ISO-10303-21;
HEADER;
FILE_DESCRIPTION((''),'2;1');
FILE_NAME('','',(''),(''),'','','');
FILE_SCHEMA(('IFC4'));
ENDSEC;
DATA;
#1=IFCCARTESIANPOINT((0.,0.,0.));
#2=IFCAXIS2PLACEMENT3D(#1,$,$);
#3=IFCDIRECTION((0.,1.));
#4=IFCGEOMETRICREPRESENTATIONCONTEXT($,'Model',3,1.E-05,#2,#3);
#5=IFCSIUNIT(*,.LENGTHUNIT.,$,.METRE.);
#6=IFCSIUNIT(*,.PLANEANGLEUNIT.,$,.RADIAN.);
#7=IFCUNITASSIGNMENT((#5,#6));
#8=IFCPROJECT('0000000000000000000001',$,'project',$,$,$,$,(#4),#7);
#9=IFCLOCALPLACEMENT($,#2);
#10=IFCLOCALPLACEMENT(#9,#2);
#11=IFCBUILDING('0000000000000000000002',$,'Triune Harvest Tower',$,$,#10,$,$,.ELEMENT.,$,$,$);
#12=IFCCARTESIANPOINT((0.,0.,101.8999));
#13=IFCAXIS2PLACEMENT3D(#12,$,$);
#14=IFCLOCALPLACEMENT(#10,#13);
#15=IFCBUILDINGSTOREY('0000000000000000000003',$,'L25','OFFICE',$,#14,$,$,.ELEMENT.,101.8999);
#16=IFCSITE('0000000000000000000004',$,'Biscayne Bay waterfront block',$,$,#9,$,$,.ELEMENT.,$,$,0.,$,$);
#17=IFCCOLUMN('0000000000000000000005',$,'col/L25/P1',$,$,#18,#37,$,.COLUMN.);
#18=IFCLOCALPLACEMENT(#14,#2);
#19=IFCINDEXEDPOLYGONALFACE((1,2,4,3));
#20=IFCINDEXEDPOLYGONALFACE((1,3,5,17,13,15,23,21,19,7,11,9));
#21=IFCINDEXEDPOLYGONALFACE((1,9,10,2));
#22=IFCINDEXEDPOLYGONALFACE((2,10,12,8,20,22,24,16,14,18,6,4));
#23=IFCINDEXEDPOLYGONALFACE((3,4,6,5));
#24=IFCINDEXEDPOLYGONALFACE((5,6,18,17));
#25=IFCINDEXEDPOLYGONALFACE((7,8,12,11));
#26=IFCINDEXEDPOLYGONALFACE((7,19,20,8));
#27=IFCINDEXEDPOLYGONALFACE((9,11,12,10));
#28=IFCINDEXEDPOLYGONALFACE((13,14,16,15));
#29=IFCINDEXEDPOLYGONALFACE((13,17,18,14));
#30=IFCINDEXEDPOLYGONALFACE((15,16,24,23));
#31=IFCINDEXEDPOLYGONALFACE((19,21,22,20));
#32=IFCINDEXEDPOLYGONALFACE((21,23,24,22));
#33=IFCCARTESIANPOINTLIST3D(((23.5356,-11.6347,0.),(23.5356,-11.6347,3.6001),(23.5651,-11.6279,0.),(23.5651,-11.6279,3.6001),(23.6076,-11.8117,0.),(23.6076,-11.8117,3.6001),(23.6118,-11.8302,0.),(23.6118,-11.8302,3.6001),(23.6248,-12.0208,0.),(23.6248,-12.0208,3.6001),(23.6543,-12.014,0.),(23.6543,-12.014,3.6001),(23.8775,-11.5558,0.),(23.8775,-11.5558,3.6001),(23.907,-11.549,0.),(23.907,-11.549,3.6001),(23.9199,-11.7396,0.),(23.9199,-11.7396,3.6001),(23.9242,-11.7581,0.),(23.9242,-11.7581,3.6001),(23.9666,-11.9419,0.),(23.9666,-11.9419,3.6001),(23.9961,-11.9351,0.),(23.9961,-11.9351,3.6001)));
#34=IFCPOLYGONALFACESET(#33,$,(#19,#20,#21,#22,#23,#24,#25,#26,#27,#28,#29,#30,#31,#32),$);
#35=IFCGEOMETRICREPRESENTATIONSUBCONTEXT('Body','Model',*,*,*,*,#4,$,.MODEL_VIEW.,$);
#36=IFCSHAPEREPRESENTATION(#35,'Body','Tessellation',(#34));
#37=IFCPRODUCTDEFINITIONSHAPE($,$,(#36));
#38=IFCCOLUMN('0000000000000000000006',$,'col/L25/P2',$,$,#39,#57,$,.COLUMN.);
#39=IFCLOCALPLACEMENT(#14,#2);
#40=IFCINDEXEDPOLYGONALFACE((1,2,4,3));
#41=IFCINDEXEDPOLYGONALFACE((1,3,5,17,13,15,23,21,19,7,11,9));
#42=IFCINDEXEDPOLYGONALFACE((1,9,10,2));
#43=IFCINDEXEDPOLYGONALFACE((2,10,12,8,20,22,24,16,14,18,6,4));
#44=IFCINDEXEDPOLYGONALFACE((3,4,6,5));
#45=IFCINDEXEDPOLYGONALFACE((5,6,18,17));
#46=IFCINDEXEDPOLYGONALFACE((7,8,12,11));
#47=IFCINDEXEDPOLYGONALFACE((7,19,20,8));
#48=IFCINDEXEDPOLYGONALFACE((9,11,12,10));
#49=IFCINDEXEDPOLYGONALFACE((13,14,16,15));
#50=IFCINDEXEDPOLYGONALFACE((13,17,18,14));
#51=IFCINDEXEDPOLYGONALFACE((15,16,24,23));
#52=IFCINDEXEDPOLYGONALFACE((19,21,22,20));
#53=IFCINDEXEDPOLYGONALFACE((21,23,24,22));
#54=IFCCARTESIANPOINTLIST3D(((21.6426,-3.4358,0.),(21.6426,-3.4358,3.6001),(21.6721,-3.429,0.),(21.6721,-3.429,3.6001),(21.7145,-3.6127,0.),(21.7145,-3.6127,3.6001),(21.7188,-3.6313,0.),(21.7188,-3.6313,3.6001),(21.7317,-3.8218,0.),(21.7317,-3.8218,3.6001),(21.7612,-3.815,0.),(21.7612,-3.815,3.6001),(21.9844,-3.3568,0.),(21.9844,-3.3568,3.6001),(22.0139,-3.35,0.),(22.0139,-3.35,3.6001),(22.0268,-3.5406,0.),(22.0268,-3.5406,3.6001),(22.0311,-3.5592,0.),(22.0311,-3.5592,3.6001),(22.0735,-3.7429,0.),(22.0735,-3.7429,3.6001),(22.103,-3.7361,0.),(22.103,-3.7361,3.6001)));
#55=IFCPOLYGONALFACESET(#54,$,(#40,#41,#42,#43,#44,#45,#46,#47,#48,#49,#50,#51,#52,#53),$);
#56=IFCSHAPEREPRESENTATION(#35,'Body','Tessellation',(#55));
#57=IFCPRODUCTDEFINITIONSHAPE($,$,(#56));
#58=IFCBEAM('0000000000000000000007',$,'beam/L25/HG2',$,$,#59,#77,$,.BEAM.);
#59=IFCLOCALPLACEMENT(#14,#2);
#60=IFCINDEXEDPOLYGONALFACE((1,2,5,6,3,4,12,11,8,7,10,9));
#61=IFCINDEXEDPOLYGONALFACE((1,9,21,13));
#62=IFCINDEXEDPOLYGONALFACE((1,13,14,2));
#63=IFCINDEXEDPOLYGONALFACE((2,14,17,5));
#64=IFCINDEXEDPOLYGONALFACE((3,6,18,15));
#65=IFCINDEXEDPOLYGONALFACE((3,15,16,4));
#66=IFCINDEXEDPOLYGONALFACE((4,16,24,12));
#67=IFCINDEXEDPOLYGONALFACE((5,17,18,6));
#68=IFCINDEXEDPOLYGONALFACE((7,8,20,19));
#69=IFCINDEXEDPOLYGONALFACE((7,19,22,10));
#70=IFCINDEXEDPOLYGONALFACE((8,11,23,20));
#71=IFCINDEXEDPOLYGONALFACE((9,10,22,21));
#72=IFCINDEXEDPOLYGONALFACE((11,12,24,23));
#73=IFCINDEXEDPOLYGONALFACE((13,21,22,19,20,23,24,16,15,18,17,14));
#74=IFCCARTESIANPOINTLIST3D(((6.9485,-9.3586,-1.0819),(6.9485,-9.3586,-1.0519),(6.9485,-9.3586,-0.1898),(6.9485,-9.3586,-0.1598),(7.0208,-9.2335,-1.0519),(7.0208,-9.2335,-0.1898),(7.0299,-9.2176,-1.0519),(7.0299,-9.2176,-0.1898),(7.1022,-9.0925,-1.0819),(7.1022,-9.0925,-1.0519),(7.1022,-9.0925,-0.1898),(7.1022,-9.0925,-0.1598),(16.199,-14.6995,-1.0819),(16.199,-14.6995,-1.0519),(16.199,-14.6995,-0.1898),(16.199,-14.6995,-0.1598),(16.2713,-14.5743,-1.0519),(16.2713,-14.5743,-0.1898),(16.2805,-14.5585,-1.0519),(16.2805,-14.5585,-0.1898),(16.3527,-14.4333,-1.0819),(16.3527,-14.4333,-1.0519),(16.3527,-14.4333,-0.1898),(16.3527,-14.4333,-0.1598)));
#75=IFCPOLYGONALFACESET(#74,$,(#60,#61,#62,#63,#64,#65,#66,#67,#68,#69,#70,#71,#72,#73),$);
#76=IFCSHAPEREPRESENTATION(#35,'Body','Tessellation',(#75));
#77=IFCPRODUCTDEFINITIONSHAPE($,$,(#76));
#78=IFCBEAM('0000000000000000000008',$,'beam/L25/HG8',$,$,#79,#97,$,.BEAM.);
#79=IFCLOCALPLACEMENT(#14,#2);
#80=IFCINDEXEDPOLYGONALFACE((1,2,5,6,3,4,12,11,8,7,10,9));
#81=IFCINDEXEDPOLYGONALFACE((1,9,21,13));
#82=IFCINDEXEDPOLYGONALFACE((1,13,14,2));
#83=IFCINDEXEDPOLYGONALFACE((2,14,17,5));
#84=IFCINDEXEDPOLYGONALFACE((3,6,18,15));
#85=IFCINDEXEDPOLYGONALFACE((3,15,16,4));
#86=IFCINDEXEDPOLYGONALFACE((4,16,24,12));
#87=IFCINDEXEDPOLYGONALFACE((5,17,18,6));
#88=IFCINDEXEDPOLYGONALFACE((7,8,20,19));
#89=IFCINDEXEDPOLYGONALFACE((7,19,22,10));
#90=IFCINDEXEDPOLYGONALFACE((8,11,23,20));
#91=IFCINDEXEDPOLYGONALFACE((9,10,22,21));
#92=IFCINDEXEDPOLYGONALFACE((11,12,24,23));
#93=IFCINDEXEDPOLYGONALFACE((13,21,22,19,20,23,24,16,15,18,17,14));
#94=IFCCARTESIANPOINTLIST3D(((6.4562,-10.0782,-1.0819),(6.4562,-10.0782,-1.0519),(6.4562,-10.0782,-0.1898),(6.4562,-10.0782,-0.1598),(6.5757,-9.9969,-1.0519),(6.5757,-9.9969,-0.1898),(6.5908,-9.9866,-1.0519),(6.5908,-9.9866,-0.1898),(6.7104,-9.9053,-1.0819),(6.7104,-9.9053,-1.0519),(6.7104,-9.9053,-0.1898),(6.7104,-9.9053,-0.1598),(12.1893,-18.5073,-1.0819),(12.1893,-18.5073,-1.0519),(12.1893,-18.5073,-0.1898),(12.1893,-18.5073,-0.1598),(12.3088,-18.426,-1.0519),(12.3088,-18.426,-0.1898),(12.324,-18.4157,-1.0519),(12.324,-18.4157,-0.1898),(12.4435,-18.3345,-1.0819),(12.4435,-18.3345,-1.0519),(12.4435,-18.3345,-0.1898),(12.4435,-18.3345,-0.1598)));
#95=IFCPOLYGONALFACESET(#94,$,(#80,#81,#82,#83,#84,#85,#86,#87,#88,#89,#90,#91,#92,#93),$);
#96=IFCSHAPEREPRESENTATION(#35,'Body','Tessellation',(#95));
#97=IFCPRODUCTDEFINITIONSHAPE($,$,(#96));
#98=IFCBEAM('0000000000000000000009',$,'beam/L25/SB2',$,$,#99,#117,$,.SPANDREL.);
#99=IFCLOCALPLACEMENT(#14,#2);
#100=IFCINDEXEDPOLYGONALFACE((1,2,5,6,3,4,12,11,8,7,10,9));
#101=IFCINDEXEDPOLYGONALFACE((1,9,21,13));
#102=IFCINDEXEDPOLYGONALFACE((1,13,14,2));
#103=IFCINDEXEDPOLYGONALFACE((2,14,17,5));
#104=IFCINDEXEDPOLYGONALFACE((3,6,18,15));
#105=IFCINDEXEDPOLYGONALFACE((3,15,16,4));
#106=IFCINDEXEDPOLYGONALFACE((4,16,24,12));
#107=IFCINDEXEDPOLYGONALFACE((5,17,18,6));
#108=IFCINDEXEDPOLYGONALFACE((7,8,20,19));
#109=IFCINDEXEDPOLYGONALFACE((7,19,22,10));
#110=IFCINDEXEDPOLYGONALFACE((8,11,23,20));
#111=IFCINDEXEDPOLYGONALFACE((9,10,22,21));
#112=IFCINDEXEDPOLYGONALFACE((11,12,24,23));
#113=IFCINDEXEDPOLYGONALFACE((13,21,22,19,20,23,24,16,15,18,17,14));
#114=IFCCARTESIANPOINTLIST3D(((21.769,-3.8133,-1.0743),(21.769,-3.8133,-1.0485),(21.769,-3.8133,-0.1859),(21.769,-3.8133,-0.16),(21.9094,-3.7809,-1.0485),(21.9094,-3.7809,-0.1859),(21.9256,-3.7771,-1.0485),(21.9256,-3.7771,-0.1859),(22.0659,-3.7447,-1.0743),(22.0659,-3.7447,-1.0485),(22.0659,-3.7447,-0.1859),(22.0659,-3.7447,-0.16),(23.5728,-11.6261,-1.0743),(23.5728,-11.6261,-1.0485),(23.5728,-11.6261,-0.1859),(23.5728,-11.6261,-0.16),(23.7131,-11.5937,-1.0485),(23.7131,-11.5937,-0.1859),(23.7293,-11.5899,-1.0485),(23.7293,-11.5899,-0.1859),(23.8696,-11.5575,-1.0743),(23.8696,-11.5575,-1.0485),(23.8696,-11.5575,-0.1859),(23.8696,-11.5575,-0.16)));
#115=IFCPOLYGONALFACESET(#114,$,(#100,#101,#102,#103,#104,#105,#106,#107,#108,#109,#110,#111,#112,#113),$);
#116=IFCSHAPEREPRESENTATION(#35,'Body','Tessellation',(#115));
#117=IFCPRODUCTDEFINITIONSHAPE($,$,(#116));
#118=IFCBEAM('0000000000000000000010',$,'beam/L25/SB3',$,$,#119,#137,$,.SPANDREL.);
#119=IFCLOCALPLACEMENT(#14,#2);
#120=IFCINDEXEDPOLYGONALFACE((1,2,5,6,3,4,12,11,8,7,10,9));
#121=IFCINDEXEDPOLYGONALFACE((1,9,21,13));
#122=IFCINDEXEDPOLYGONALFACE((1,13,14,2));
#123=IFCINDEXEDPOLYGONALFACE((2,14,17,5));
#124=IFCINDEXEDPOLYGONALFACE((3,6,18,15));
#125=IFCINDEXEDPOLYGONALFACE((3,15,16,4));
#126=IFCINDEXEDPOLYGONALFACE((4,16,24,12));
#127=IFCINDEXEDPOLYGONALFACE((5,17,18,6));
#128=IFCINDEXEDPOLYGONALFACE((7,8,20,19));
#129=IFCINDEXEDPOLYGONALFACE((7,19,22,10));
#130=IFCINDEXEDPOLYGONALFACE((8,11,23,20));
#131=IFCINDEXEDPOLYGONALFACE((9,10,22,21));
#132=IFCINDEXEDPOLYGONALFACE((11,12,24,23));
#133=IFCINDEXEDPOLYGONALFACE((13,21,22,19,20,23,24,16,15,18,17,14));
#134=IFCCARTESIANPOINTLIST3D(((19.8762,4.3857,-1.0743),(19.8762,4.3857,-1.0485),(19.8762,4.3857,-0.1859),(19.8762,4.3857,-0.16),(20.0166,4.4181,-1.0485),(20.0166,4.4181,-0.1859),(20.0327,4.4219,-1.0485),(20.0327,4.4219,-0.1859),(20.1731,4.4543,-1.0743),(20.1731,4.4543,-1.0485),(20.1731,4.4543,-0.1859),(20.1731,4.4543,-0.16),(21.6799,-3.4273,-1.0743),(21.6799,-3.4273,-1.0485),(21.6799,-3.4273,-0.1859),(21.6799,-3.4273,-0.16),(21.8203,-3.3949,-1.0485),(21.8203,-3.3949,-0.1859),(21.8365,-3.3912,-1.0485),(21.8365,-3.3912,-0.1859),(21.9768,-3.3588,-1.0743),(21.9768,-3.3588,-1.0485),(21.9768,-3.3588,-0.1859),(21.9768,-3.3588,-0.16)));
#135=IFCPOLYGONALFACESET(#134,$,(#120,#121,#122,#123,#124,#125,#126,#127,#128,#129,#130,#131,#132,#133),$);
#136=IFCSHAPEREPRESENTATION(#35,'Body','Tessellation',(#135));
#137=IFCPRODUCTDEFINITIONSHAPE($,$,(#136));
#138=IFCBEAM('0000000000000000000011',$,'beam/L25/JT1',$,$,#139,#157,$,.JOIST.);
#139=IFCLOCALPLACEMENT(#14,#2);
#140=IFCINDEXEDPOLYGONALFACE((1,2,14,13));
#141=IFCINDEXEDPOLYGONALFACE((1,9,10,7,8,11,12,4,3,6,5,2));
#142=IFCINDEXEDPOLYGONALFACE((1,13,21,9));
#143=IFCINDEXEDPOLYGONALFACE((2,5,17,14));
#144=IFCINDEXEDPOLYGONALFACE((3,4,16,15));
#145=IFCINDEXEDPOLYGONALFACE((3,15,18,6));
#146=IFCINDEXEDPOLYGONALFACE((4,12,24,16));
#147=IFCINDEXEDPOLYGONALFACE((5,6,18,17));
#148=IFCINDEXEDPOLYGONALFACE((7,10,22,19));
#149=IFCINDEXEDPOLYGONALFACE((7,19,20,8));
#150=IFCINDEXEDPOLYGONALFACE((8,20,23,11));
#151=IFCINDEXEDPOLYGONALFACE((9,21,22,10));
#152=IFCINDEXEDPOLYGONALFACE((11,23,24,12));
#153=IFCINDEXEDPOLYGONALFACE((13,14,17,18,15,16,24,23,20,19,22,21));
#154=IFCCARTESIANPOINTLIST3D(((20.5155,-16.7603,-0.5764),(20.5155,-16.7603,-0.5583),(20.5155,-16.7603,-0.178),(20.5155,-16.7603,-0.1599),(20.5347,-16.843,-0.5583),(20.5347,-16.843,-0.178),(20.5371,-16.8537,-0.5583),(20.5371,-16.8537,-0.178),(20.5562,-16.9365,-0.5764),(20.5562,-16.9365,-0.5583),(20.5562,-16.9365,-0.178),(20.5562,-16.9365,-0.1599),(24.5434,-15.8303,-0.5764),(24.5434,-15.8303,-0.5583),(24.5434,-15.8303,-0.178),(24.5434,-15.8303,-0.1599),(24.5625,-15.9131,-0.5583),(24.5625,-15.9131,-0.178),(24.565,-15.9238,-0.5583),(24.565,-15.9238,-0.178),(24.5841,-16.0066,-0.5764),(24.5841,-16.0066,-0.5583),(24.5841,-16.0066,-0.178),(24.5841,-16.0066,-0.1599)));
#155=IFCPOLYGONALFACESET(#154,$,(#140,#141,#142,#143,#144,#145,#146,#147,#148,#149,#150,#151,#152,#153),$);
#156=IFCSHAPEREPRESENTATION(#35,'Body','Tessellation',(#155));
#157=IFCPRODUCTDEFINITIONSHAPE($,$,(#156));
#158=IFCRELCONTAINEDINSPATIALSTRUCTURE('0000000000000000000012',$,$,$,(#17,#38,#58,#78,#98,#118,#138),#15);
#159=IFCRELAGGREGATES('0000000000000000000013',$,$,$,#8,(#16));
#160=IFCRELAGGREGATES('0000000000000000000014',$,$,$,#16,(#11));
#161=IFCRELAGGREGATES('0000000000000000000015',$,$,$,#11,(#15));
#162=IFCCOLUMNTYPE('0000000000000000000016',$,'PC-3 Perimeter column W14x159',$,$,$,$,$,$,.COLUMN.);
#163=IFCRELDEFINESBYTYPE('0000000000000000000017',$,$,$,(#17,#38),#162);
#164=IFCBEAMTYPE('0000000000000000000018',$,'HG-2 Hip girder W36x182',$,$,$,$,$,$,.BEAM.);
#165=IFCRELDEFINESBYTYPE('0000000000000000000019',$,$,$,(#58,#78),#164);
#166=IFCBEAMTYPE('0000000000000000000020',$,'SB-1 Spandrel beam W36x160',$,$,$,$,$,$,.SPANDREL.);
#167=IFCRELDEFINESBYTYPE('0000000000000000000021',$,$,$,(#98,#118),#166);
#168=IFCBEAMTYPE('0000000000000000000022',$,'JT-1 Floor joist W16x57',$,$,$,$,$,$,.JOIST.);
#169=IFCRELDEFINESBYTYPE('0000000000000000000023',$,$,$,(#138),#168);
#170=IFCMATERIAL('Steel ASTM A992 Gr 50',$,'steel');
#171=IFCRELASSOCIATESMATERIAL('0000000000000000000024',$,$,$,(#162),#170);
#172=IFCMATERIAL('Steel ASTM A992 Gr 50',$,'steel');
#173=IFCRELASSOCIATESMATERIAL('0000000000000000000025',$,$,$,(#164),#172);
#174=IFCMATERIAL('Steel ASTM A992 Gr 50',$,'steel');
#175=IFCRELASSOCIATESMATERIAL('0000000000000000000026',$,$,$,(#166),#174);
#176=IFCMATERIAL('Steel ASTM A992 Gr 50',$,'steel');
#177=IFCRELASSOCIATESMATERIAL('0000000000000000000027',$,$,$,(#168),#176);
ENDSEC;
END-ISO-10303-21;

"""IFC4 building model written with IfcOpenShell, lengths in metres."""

from ifc_helpers import new_model, si_unit, direction, frame, origin, origin_2d, place, context, subcontext, project, spatial, i_section, extrude, source, transform, mapped, material, material_profile, profile_set, type_object, element, save


model = new_model("IFC4")

# Units and contexts
model_context = context("Model", 3, precision=1e-05, world=origin(), true_north=direction((0.0, 1.0)))
body_context = subcontext(model_context, "Body", "Model", "MODEL_VIEW")
ifc_project = project(units=[si_unit("LENGTHUNIT", "METRE"), si_unit("PLANEANGLEUNIT", "RADIAN")], contexts=[model_context])

# Site, building, storey
site_placement = place(None, origin())
site = spatial("IfcSite", under=ifc_project, at=site_placement, Name="Biscayne Bay waterfront block", CompositionType="ELEMENT", RefElevation=0.0)
building_placement = place(site_placement, origin())
building = spatial("IfcBuilding", under=site, at=building_placement, Name="Triune Harvest Tower", CompositionType="ELEMENT")
storey_placement = place(building_placement, frame((0.0, 0.0, 101.8999)))
storey = spatial("IfcBuildingStorey", under=building, at=storey_placement, Name="L25", Description="OFFICE", CompositionType="ELEMENT", Elevation=101.8999)

# Columns
ifc_material_1 = material(Name="Steel ASTM A992 Gr 50", Category="steel")
ifc_material_profile_1 = material_profile(ifc_material_1, i_section(OverallWidth=0.3962, OverallDepth=0.3811, WebThickness=0.019, FlangeThickness=0.0303, at=origin_2d()), Name="W14x159")
ifc_profile_set_1 = profile_set([ifc_material_profile_1], Name="Steel ASTM A992 Gr 50")
column_type = type_object("IfcColumnType", Name="PC-3 Perimeter column W14x159", PredefinedType="COLUMN", material=ifc_profile_set_1)
shared_shape_1 = source(origin(), body_context, "Body", "SweptSolid", [
    extrude(i_section(OverallWidth=0.3962, OverallDepth=0.3811, WebThickness=0.019, FlangeThickness=0.0303, at=origin_2d()), origin(), (0.0, 0.0, 1.0), 3.6001),
])
for number, where, z_axis, x_axis, name in (
    (1, (23.7659, -11.7849, 0.0), (0.0, 0.0, 1.0), (-0.224953, 0.97437, 0.0), "col/L25/P1"),
    (2, (21.8728, -3.5859, 0.0), (0.0, 0.0, 1.0), (-0.224953, 0.97437, 0.0), "col/L25/P2"),
):
    element("IfcColumn", number, at=place(storey_placement, frame(where, z_axis=z_axis, x_axis=x_axis)), inside=storey, type_object=column_type, Name=name, PredefinedType="COLUMN", context=body_context, shape_type="MappedRepresentation", body=[
        mapped(shared_shape_1, transform((0.0, 0.0, 0.0), scale=1.0)),
    ])

# Beams
ifc_material_2 = material(Name="Steel ASTM A992 Gr 50", Category="steel")
ifc_material_profile_2 = material_profile(ifc_material_2, i_section(OverallWidth=0.3074, OverallDepth=0.9221, WebThickness=0.0183, FlangeThickness=0.03, at=origin_2d()), Name="W36x182")
ifc_profile_set_2 = profile_set([ifc_material_profile_2], Name="Steel ASTM A992 Gr 50")
beam_type_1 = type_object("IfcBeamType", Name="HG-2 Hip girder W36x182", PredefinedType="BEAM", material=ifc_profile_set_2)
shared_shape_2 = source(origin(), body_context, "Body", "SweptSolid", [
    extrude(i_section(OverallWidth=0.3074, OverallDepth=0.9221, WebThickness=0.0183, FlangeThickness=0.03, at=origin_2d()), origin(), (0.0, 0.0, 1.0), 10.6816),
])
beam_1_placement = place(storey_placement, frame((16.2759, -14.5664, -0.6208), z_axis=(-0.866023, 0.500003, 0.0), x_axis=(-0.500003, -0.866023, 0.0)))
element("IfcBeam", 3, at=beam_1_placement, inside=storey, type_object=beam_type_1, Name="beam/L25/HG2", PredefinedType="BEAM", context=body_context, shape_type="MappedRepresentation", body=[
    mapped(shared_shape_2, transform((0.0, 0.0, 0.0), scale=1.0)),
])
shared_shape_3 = source(origin(), body_context, "Body", "SweptSolid", [
    extrude(i_section(OverallWidth=0.3074, OverallDepth=0.9221, WebThickness=0.0183, FlangeThickness=0.03, at=origin_2d()), origin(), (0.0, 0.0, 1.0), 10.1941),
])
beam_2_placement = place(storey_placement, frame((12.3164, -18.4209, -0.6208), z_axis=(-0.562397, 0.826867, 0.0), x_axis=(-0.826867, -0.562397, 0.0)))
element("IfcBeam", 4, at=beam_2_placement, inside=storey, type_object=beam_type_1, Name="beam/L25/HG8", PredefinedType="BEAM", context=body_context, shape_type="MappedRepresentation", body=[
    mapped(shared_shape_3, transform((0.0, 0.0, 0.0), scale=1.0)),
])
ifc_material_3 = material(Name="Steel ASTM A992 Gr 50", Category="steel")
ifc_material_profile_3 = material_profile(ifc_material_3, i_section(OverallWidth=0.3047, OverallDepth=0.9143, WebThickness=0.0166, FlangeThickness=0.0259, at=origin_2d()), Name="W36x160")
ifc_profile_set_3 = profile_set([ifc_material_profile_3], Name="Steel ASTM A992 Gr 50")
beam_type_2 = type_object("IfcBeamType", Name="SB-1 Spandrel beam W36x160", PredefinedType="SPANDREL", material=ifc_profile_set_3)
shared_shape_4 = source(origin(), body_context, "Body", "SweptSolid", [
    extrude(i_section(OverallWidth=0.3047, OverallDepth=0.9143, WebThickness=0.0166, FlangeThickness=0.0259, at=origin_2d()), origin(), (0.0, 0.0, 1.0), 8.0183),
])
beam_3_placement = place(storey_placement, frame((23.7212, -11.5918, -0.6172), z_axis=(-0.224951, 0.97437, 0.0), x_axis=(-0.97437, -0.224951, 0.0)))
element("IfcBeam", 5, at=beam_3_placement, inside=storey, type_object=beam_type_2, Name="beam/L25/SB2", PredefinedType="SPANDREL", context=body_context, shape_type="MappedRepresentation", body=[
    mapped(shared_shape_4, transform((0.0, 0.0, 0.0), scale=1.0)),
])
shared_shape_5 = source(origin(), body_context, "Body", "SweptSolid", [
    extrude(i_section(OverallWidth=0.3047, OverallDepth=0.9143, WebThickness=0.0166, FlangeThickness=0.0259, at=origin_2d()), origin(), (0.0, 0.0, 1.0), 8.0186),
])
beam_4_placement = place(storey_placement, frame((21.8284, -3.3931, -0.6172), z_axis=(-0.224944, 0.974372, 0.0), x_axis=(-0.974372, -0.224944, 0.0)))
element("IfcBeam", 6, at=beam_4_placement, inside=storey, type_object=beam_type_2, Name="beam/L25/SB3", PredefinedType="SPANDREL", context=body_context, shape_type="MappedRepresentation", body=[
    mapped(shared_shape_5, transform((0.0, 0.0, 0.0), scale=1.0)),
])
ifc_material_4 = material(Name="Steel ASTM A992 Gr 50", Category="steel")
ifc_material_profile_4 = material_profile(ifc_material_4, i_section(OverallWidth=0.1809, OverallDepth=0.4165, WebThickness=0.011, FlangeThickness=0.0181, at=origin_2d()), Name="W16x57")
ifc_profile_set_4 = profile_set([ifc_material_profile_4], Name="Steel ASTM A992 Gr 50")
beam_type_3 = type_object("IfcBeamType", Name="JT-1 Floor joist W16x57", PredefinedType="JOIST", material=ifc_profile_set_4)
shared_shape_6 = source(origin(), body_context, "Body", "SweptSolid", [
    extrude(i_section(OverallWidth=0.1809, OverallDepth=0.4165, WebThickness=0.011, FlangeThickness=0.0181, at=origin_2d()), origin(), (0.0, 0.0, 1.0), 4.1338),
])
beam_5_placement = place(storey_placement, frame((24.5637, -15.9185, -0.3682), z_axis=(-0.974368, -0.224959, 0.0), x_axis=(0.224959, -0.974368, 0.0)))
element("IfcBeam", 7, at=beam_5_placement, inside=storey, type_object=beam_type_3, Name="beam/L25/JT1", PredefinedType="JOIST", context=body_context, shape_type="MappedRepresentation", body=[
    mapped(shared_shape_6, transform((0.0, 0.0, 0.0), scale=1.0)),
])

save(model, "model.ifc")
